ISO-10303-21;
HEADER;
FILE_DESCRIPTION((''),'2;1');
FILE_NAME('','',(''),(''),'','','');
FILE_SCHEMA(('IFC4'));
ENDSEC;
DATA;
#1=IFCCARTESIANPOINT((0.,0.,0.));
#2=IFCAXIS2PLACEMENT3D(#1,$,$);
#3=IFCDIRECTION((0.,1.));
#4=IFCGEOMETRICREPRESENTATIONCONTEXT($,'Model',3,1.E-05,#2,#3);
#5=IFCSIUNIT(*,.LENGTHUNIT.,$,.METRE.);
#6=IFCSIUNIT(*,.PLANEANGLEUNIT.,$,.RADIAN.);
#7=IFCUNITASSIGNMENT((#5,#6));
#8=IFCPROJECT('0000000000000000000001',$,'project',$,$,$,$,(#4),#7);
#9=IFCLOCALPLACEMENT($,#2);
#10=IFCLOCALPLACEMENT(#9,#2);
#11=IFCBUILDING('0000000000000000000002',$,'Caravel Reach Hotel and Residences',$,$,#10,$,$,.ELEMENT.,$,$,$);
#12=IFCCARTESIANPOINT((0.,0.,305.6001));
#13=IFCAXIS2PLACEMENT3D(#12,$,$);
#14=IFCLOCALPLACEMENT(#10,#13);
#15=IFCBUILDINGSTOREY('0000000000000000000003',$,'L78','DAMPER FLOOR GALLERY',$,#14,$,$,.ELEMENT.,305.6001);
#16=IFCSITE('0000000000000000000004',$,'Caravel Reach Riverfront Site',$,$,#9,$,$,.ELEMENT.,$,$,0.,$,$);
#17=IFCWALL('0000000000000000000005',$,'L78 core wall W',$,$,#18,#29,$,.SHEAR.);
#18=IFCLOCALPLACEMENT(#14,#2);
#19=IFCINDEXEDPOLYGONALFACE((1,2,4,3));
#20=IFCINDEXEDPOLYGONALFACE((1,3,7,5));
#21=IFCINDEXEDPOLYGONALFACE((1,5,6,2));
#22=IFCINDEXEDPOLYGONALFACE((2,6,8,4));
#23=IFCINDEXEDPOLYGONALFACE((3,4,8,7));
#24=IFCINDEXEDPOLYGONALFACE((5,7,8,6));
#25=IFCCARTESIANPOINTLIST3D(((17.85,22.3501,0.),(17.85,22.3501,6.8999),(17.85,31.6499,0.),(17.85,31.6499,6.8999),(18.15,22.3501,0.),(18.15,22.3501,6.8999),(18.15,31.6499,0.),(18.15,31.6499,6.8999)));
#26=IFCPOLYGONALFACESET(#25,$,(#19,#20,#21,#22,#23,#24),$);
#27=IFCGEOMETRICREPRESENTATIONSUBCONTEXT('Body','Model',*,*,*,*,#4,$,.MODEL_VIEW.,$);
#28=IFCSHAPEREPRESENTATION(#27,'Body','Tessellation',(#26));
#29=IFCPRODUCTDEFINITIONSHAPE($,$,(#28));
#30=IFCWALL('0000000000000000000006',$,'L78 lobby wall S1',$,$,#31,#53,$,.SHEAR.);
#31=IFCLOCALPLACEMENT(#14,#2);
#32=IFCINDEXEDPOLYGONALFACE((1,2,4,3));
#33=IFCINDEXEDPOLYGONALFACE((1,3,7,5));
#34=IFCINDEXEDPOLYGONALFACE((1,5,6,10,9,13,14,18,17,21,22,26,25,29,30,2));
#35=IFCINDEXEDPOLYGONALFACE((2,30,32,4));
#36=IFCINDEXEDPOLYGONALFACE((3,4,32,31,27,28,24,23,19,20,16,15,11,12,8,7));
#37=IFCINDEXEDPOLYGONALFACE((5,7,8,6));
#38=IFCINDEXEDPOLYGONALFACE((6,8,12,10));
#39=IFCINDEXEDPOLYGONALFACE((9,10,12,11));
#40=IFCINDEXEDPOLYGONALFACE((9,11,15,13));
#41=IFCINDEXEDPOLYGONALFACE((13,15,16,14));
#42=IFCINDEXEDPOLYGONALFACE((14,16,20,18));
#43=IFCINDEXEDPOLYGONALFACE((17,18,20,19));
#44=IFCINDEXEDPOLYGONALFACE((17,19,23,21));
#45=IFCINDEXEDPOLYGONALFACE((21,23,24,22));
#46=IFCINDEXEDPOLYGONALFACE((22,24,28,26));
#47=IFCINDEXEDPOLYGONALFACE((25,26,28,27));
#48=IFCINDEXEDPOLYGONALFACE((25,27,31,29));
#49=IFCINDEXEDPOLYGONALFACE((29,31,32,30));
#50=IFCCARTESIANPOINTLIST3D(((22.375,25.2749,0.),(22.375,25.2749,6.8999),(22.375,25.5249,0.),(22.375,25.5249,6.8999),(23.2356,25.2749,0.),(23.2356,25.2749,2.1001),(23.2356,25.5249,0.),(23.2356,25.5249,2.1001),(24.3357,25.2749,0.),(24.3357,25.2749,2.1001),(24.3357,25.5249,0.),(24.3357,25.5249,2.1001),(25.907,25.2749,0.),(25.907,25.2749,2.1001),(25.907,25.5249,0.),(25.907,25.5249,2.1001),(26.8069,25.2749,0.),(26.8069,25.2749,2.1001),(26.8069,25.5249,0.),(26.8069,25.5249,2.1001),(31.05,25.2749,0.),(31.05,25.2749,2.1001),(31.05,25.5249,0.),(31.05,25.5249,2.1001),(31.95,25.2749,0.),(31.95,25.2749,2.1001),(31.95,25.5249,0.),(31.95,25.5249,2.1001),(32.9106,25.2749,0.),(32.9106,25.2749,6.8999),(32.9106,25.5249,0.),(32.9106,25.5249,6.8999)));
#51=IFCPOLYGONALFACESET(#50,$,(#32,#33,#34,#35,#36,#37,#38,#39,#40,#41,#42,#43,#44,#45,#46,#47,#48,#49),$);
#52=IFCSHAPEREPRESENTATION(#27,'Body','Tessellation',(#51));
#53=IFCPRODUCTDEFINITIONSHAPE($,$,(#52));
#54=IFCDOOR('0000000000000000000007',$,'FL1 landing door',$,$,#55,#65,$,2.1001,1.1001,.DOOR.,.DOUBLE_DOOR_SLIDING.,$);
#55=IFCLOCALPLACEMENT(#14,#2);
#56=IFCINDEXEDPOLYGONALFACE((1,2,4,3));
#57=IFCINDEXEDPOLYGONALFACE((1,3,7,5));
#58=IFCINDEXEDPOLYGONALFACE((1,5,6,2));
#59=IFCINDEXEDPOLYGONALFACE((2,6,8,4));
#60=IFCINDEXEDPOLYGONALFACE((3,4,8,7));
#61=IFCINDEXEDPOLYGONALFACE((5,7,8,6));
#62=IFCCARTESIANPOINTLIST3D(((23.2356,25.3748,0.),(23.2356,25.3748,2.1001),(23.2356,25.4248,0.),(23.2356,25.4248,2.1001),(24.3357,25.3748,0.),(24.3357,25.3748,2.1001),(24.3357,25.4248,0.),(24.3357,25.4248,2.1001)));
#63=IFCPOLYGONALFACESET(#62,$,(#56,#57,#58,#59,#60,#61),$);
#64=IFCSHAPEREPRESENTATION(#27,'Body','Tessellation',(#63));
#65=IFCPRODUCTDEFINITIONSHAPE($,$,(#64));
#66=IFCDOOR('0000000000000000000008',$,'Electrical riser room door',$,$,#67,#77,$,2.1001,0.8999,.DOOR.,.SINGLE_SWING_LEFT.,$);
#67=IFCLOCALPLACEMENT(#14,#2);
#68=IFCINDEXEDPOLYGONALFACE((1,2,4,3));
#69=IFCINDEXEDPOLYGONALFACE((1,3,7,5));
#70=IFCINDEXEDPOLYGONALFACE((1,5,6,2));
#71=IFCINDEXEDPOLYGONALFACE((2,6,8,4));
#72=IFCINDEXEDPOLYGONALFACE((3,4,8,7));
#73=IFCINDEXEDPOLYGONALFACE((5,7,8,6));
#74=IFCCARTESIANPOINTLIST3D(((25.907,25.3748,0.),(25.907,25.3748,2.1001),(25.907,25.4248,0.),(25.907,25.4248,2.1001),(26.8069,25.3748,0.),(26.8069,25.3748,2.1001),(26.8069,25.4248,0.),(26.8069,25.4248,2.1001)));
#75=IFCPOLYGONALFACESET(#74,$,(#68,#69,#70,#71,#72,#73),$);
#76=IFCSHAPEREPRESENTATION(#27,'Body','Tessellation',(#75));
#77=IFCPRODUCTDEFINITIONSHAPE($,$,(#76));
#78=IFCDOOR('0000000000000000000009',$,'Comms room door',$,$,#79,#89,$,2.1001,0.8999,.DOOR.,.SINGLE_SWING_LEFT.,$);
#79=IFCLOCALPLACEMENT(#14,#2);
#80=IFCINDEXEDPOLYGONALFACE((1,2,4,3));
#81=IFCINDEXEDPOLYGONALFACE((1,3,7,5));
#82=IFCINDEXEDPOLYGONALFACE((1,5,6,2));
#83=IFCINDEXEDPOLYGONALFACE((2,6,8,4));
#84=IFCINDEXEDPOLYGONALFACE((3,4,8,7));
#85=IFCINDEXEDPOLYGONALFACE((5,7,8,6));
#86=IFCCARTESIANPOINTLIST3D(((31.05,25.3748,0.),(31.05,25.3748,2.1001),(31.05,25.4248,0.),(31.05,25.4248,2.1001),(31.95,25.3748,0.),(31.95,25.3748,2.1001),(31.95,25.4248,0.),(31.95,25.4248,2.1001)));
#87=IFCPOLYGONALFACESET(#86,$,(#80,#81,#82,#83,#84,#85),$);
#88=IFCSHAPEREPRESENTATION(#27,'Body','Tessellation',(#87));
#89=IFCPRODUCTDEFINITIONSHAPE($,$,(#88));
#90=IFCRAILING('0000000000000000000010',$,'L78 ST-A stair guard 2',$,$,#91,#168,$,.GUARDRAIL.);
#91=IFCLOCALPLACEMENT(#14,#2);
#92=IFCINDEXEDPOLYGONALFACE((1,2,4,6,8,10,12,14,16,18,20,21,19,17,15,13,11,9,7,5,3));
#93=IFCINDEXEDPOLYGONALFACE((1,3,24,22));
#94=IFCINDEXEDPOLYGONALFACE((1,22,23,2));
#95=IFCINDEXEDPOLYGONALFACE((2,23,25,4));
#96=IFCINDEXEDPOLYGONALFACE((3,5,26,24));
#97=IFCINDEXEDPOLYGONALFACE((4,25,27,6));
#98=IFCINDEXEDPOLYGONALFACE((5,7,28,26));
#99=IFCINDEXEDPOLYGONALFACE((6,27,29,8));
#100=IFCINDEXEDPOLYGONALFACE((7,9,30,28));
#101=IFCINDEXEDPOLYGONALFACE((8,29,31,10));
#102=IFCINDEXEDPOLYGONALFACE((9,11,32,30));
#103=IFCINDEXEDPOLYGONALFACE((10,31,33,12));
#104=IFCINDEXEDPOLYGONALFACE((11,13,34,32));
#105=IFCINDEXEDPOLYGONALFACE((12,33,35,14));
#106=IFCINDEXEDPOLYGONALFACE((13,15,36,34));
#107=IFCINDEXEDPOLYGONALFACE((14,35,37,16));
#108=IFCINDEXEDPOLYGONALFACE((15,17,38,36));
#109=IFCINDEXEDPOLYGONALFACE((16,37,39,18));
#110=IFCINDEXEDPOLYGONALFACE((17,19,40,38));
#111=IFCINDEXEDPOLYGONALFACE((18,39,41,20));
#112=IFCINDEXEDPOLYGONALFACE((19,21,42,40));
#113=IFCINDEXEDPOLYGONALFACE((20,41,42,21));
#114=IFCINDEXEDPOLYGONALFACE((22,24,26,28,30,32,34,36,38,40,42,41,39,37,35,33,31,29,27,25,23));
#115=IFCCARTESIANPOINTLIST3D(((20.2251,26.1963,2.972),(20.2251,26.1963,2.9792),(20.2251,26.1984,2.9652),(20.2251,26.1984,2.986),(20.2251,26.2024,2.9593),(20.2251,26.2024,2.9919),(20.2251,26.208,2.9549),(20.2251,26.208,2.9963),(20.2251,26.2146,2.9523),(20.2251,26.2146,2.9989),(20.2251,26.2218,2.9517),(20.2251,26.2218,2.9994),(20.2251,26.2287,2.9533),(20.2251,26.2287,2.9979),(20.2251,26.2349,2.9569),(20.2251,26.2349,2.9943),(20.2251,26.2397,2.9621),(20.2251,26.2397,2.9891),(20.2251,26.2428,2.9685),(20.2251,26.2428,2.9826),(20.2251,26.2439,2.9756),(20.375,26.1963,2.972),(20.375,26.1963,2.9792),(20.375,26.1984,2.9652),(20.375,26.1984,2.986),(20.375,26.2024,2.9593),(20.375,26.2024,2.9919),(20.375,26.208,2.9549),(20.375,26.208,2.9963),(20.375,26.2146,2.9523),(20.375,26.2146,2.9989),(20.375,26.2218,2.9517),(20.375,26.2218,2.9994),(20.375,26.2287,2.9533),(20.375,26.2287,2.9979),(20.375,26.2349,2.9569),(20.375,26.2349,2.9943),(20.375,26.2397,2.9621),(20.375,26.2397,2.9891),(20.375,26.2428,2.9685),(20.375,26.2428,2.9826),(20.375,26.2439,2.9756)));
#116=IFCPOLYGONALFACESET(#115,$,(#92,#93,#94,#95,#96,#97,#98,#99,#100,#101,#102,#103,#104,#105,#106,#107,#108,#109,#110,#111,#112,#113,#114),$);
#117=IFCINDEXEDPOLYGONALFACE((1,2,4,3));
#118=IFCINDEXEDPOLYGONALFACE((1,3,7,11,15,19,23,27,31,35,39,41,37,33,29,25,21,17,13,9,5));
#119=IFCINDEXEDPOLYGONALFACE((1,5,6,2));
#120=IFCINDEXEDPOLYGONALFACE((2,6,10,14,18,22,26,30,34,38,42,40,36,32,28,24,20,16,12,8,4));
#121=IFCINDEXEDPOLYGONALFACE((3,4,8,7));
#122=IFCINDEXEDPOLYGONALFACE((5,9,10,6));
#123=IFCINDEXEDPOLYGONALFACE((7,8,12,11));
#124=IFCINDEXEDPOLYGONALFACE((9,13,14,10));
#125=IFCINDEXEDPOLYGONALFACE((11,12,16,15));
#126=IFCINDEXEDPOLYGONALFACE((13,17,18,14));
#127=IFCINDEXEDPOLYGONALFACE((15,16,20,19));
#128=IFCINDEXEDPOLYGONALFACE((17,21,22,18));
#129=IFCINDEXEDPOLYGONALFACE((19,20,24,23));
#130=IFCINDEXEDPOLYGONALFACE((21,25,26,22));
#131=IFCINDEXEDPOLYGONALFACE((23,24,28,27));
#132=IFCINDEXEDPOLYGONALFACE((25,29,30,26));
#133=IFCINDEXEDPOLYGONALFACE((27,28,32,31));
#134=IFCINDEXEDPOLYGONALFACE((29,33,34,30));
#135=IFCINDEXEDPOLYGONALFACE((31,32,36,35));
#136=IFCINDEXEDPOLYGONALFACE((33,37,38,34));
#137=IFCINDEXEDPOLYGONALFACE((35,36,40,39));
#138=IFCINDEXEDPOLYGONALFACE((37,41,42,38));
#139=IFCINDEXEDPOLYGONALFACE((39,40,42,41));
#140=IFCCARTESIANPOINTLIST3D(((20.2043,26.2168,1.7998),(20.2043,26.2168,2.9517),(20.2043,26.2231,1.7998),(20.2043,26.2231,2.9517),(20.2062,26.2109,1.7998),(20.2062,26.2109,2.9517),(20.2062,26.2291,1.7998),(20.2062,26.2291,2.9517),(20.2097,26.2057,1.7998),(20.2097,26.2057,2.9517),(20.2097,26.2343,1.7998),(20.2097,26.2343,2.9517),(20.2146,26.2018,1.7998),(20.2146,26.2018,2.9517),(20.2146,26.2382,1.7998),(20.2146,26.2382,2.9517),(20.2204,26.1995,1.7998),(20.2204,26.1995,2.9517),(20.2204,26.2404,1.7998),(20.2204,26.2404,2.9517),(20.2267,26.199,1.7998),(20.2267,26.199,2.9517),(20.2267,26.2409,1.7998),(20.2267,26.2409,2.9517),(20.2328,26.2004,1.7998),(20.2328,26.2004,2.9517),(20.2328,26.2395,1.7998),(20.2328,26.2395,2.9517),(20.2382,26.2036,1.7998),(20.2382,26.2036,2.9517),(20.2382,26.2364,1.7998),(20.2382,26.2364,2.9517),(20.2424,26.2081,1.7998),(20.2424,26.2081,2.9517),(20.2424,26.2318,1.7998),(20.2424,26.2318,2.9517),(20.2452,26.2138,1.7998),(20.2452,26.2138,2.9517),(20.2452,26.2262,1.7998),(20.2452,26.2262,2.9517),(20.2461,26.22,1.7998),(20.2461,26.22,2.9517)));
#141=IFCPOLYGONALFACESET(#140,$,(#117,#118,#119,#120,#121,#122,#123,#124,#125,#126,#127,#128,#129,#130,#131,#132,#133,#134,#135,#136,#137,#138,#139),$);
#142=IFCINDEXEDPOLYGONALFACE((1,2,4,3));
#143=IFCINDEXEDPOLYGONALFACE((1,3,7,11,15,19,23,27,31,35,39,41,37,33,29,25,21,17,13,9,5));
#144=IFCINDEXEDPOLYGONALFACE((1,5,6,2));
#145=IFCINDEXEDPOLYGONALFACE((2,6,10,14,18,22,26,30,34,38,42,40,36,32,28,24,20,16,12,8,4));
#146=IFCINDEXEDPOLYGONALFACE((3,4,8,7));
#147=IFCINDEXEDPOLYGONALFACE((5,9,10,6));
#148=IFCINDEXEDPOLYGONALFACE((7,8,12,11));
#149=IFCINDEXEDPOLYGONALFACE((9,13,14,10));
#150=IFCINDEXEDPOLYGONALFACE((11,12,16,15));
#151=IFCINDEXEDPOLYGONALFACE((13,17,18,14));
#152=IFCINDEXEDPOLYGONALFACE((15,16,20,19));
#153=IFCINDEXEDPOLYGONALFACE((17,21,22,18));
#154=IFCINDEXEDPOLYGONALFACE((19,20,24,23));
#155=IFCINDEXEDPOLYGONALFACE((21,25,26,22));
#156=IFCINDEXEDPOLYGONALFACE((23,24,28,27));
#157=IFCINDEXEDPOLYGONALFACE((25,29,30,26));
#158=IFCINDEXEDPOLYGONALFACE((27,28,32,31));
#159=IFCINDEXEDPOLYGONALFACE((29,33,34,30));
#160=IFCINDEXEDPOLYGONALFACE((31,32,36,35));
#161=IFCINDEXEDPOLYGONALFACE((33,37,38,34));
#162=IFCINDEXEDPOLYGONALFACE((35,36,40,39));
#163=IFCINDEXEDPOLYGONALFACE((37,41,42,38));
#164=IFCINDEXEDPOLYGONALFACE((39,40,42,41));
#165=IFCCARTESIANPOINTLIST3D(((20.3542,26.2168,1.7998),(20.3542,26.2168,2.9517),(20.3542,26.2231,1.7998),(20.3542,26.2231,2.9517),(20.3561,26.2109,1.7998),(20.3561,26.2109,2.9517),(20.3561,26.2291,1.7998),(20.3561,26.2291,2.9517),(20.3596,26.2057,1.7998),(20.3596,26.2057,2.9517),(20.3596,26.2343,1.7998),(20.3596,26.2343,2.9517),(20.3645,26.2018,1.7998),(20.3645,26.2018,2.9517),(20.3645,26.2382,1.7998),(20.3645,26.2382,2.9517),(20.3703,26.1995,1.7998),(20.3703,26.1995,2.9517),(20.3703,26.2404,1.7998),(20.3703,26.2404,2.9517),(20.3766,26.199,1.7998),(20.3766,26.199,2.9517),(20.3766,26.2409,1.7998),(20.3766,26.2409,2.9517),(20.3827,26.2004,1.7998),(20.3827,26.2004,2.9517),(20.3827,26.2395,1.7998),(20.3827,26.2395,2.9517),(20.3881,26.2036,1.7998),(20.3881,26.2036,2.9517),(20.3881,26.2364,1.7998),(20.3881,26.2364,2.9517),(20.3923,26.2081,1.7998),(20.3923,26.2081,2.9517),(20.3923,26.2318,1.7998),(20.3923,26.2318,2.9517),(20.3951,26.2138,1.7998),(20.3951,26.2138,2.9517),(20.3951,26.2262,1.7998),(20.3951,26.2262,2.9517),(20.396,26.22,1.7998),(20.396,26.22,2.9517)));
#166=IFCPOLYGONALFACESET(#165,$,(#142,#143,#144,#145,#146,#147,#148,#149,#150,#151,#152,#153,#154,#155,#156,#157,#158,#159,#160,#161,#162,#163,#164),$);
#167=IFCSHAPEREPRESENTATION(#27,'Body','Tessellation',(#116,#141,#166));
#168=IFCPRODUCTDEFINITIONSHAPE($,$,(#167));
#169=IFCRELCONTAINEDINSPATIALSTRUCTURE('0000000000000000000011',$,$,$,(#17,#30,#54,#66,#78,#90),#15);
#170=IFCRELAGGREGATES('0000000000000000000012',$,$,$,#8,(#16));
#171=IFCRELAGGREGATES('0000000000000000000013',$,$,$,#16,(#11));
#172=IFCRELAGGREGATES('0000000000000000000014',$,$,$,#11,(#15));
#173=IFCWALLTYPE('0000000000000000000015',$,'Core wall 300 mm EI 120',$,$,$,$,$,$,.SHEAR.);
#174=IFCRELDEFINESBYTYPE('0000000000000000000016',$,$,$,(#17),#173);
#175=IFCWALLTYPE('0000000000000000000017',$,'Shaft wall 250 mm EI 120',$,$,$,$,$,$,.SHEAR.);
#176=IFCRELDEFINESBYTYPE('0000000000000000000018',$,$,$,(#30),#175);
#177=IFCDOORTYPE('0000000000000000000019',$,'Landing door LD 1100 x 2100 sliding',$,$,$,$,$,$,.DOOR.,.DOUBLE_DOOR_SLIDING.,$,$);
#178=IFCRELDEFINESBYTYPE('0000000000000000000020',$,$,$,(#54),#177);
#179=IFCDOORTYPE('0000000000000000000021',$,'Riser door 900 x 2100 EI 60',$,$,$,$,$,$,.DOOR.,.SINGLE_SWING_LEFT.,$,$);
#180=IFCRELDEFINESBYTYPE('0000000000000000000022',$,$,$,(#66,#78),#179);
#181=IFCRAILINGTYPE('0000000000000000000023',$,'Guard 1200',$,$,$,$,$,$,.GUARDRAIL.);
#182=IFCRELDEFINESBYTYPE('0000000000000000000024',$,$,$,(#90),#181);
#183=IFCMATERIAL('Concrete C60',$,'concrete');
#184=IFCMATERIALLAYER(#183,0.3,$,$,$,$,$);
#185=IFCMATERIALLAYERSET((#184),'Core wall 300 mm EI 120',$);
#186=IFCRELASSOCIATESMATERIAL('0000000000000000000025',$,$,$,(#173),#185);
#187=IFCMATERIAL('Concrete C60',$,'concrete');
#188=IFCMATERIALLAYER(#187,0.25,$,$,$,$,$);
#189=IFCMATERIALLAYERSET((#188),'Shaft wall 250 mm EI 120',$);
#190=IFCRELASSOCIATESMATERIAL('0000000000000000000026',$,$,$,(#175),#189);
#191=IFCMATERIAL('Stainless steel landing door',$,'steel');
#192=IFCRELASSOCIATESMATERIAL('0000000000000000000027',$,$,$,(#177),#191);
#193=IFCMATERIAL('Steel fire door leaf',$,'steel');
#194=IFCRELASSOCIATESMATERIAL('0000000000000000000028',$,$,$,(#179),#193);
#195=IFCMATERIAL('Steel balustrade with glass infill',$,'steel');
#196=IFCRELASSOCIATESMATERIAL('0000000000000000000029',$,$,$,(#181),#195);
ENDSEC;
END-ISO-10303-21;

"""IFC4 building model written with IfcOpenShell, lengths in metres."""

from ifc_helpers import new_model, si_unit, direction, frame, frame_2d, origin, origin_2d, place, context, subcontext, project, spatial, rectangle, circle, extrude, material, layer, layer_set, type_object, element, fill, save


model = new_model("IFC4")

# Units and contexts
model_context = context("Model", 3, precision=1e-05, world=origin(), true_north=direction((0.0, 1.0)))
body_context = subcontext(model_context, "Body", "Model", "MODEL_VIEW")
ifc_project = project(units=[si_unit("LENGTHUNIT", "METRE"), si_unit("PLANEANGLEUNIT", "RADIAN")], contexts=[model_context])

# Site, building, storey
site_placement = place(None, origin())
site = spatial("IfcSite", under=ifc_project, at=site_placement, Name="Caravel Reach Riverfront Site", CompositionType="ELEMENT", RefElevation=0.0)
building_placement = place(site_placement, origin())
building = spatial("IfcBuilding", under=site, at=building_placement, Name="Caravel Reach Hotel and Residences", CompositionType="ELEMENT")
storey_placement = place(building_placement, frame((0.0, 0.0, 305.6001)))
storey = spatial("IfcBuildingStorey", under=building, at=storey_placement, Name="L78", Description="DAMPER FLOOR GALLERY", CompositionType="ELEMENT", Elevation=305.6001)

# Wall
ifc_material_1 = material(Name="Concrete C60", Category="concrete")
ifc_layer_1 = layer(ifc_material_1, 0.3)
ifc_layer_set_1 = layer_set([ifc_layer_1], Name="Core wall 300 mm EI 120")
wall_type_1 = type_object("IfcWallType", Name="Core wall 300 mm EI 120", PredefinedType="SHEAR", material=ifc_layer_set_1)
wall_1_placement = place(storey_placement, frame((18.0, 22.3501, 0.0), z_axis=(0.0, 0.0, 1.0), x_axis=(0.0, 1.0, 0.0)))
element("IfcWall", 1, at=wall_1_placement, inside=storey, type_object=wall_type_1, Name="L78 core wall W", PredefinedType="SHEAR", context=body_context, shape_type="SweptSolid", body=[
    extrude(rectangle(XDim=9.2998, YDim=0.3, at=frame_2d((4.6499, 0.0))), origin(), (0.0, 0.0, 1.0), 6.8999),
])

# Wall, openings, doors
ifc_material_2 = material(Name="Concrete C60", Category="concrete")
ifc_layer_2 = layer(ifc_material_2, 0.25)
ifc_layer_set_2 = layer_set([ifc_layer_2], Name="Shaft wall 250 mm EI 120")
wall_type_2 = type_object("IfcWallType", Name="Shaft wall 250 mm EI 120", PredefinedType="SHEAR", material=ifc_layer_set_2)
wall_2_placement = place(storey_placement, frame((22.375, 25.3999, 0.0), z_axis=(0.0, 0.0, 1.0), x_axis=(1.0, 0.0, 0.0)))
wall_2 = element("IfcWall", 2, at=wall_2_placement, inside=storey, type_object=wall_type_2, Name="L78 lobby wall S1", PredefinedType="SHEAR", context=body_context, shape_type="SweptSolid", body=[
    extrude(rectangle(XDim=10.5356, YDim=0.25, at=frame_2d((5.2678, 0.0))), origin(), (0.0, 0.0, 1.0), 6.8999),
])
opening_1_placement = place(wall_2_placement, frame((0.8606, 0.0, 0.0)))
opening_1 = element("IfcOpeningElement", 3, at=opening_1_placement, cuts=wall_2, PredefinedType="OPENING", context=body_context, shape_type="SweptSolid", body=[
    extrude(rectangle(XDim=1.1001, YDim=2.1001, at=frame_2d((0.55, 1.05))), frame((0.0, 0.135, 0.0), z_axis=(0.0, -1.0, 0.0), x_axis=(1.0, 0.0, 0.0)), (0.0, 0.0, 1.0), 0.27),
])
opening_2_placement = place(wall_2_placement, frame((3.532, 0.0, 0.0)))
opening_2 = element("IfcOpeningElement", 4, at=opening_2_placement, cuts=wall_2, PredefinedType="OPENING", context=body_context, shape_type="SweptSolid", body=[
    extrude(rectangle(XDim=0.8999, YDim=2.1001, at=frame_2d((0.45, 1.05))), frame((0.0, 0.135, 0.0), z_axis=(0.0, -1.0, 0.0), x_axis=(1.0, 0.0, 0.0)), (0.0, 0.0, 1.0), 0.27),
])
opening_3_placement = place(wall_2_placement, frame((8.675, 0.0, 0.0)))
opening_3 = element("IfcOpeningElement", 5, at=opening_3_placement, cuts=wall_2, PredefinedType="OPENING", context=body_context, shape_type="SweptSolid", body=[
    extrude(rectangle(XDim=0.8999, YDim=2.1001, at=frame_2d((0.45, 1.05))), frame((0.0, 0.135, 0.0), z_axis=(0.0, -1.0, 0.0), x_axis=(1.0, 0.0, 0.0)), (0.0, 0.0, 1.0), 0.27),
])
ifc_material_3 = material(Name="Stainless steel landing door", Category="steel")
door_type_1 = type_object("IfcDoorType", Name="Landing door LD 1100 x 2100 sliding", OperationType="DOUBLE_DOOR_SLIDING", PredefinedType="DOOR", material=ifc_material_3)
door_1_placement = place(opening_1_placement, origin())
door_1 = element("IfcDoor", 6, at=door_1_placement, inside=storey, type_object=door_type_1, Name="FL1 landing door", OperationType="DOUBLE_DOOR_SLIDING", OverallHeight=2.1001, OverallWidth=1.1001, PredefinedType="DOOR", context=body_context, shape_type="SweptSolid", body=[
    extrude(rectangle(XDim=1.1001, YDim=2.1001, at=frame_2d((0.55, 1.05))), frame((0.0, 0.0249, 0.0), z_axis=(0.0, -1.0, 0.0), x_axis=(1.0, 0.0, 0.0)), (0.0, 0.0, 1.0), 0.05),
])
fill(opening_1, door_1)
ifc_material_4 = material(Name="Steel fire door leaf", Category="steel")
door_type_2 = type_object("IfcDoorType", Name="Riser door 900 x 2100 EI 60", OperationType="SINGLE_SWING_LEFT", PredefinedType="DOOR", material=ifc_material_4)
door_2_placement = place(opening_2_placement, origin())
door_2 = element("IfcDoor", 7, at=door_2_placement, inside=storey, type_object=door_type_2, Name="Electrical riser room door", OperationType="SINGLE_SWING_LEFT", OverallHeight=2.1001, OverallWidth=0.8999, PredefinedType="DOOR", context=body_context, shape_type="SweptSolid", body=[
    extrude(rectangle(XDim=0.8999, YDim=2.1001, at=frame_2d((0.45, 1.05))), frame((0.0, 0.0249, 0.0), z_axis=(0.0, -1.0, 0.0), x_axis=(1.0, 0.0, 0.0)), (0.0, 0.0, 1.0), 0.05),
])
fill(opening_2, door_2)
door_3_placement = place(opening_3_placement, origin())
door_3 = element("IfcDoor", 8, at=door_3_placement, inside=storey, type_object=door_type_2, Name="Comms room door", OperationType="SINGLE_SWING_LEFT", OverallHeight=2.1001, OverallWidth=0.8999, PredefinedType="DOOR", context=body_context, shape_type="SweptSolid", body=[
    extrude(rectangle(XDim=0.8999, YDim=2.1001, at=frame_2d((0.45, 1.05))), frame((0.0, 0.0249, 0.0), z_axis=(0.0, -1.0, 0.0), x_axis=(1.0, 0.0, 0.0)), (0.0, 0.0, 1.0), 0.05),
])
fill(opening_3, door_3)

# Railing
ifc_material_5 = material(Name="Steel balustrade with glass infill", Category="steel")
railing_type_1 = type_object("IfcRailingType", Name="Guard 1200", PredefinedType="GUARDRAIL", material=ifc_material_5)
railing_1_placement = place(storey_placement, frame((20.2251, 26.22, 1.7998)))
element("IfcRailing", 9, at=railing_1_placement, inside=storey, type_object=railing_type_1, Name="L78 ST-A stair guard 2", PredefinedType="GUARDRAIL", context=body_context, shape_type="SweptSolid", body=[
    extrude(circle(Radius=0.0239, at=origin_2d()), frame((0.0, 0.0, 1.1758), z_axis=(1.0, 0.0, 0.0), x_axis=(0.0, 1.0, 0.0)), (0.0, 0.0, 1.0), 0.1499),
    extrude(circle(Radius=0.021, at=origin_2d()), origin(), (0.0, 0.0, 1.0), 1.1519),
    extrude(circle(Radius=0.021, at=origin_2d()), frame((0.1499, 0.0, 0.0)), (0.0, 0.0, 1.0), 1.1519),
])

save(model, "model.ifc")
